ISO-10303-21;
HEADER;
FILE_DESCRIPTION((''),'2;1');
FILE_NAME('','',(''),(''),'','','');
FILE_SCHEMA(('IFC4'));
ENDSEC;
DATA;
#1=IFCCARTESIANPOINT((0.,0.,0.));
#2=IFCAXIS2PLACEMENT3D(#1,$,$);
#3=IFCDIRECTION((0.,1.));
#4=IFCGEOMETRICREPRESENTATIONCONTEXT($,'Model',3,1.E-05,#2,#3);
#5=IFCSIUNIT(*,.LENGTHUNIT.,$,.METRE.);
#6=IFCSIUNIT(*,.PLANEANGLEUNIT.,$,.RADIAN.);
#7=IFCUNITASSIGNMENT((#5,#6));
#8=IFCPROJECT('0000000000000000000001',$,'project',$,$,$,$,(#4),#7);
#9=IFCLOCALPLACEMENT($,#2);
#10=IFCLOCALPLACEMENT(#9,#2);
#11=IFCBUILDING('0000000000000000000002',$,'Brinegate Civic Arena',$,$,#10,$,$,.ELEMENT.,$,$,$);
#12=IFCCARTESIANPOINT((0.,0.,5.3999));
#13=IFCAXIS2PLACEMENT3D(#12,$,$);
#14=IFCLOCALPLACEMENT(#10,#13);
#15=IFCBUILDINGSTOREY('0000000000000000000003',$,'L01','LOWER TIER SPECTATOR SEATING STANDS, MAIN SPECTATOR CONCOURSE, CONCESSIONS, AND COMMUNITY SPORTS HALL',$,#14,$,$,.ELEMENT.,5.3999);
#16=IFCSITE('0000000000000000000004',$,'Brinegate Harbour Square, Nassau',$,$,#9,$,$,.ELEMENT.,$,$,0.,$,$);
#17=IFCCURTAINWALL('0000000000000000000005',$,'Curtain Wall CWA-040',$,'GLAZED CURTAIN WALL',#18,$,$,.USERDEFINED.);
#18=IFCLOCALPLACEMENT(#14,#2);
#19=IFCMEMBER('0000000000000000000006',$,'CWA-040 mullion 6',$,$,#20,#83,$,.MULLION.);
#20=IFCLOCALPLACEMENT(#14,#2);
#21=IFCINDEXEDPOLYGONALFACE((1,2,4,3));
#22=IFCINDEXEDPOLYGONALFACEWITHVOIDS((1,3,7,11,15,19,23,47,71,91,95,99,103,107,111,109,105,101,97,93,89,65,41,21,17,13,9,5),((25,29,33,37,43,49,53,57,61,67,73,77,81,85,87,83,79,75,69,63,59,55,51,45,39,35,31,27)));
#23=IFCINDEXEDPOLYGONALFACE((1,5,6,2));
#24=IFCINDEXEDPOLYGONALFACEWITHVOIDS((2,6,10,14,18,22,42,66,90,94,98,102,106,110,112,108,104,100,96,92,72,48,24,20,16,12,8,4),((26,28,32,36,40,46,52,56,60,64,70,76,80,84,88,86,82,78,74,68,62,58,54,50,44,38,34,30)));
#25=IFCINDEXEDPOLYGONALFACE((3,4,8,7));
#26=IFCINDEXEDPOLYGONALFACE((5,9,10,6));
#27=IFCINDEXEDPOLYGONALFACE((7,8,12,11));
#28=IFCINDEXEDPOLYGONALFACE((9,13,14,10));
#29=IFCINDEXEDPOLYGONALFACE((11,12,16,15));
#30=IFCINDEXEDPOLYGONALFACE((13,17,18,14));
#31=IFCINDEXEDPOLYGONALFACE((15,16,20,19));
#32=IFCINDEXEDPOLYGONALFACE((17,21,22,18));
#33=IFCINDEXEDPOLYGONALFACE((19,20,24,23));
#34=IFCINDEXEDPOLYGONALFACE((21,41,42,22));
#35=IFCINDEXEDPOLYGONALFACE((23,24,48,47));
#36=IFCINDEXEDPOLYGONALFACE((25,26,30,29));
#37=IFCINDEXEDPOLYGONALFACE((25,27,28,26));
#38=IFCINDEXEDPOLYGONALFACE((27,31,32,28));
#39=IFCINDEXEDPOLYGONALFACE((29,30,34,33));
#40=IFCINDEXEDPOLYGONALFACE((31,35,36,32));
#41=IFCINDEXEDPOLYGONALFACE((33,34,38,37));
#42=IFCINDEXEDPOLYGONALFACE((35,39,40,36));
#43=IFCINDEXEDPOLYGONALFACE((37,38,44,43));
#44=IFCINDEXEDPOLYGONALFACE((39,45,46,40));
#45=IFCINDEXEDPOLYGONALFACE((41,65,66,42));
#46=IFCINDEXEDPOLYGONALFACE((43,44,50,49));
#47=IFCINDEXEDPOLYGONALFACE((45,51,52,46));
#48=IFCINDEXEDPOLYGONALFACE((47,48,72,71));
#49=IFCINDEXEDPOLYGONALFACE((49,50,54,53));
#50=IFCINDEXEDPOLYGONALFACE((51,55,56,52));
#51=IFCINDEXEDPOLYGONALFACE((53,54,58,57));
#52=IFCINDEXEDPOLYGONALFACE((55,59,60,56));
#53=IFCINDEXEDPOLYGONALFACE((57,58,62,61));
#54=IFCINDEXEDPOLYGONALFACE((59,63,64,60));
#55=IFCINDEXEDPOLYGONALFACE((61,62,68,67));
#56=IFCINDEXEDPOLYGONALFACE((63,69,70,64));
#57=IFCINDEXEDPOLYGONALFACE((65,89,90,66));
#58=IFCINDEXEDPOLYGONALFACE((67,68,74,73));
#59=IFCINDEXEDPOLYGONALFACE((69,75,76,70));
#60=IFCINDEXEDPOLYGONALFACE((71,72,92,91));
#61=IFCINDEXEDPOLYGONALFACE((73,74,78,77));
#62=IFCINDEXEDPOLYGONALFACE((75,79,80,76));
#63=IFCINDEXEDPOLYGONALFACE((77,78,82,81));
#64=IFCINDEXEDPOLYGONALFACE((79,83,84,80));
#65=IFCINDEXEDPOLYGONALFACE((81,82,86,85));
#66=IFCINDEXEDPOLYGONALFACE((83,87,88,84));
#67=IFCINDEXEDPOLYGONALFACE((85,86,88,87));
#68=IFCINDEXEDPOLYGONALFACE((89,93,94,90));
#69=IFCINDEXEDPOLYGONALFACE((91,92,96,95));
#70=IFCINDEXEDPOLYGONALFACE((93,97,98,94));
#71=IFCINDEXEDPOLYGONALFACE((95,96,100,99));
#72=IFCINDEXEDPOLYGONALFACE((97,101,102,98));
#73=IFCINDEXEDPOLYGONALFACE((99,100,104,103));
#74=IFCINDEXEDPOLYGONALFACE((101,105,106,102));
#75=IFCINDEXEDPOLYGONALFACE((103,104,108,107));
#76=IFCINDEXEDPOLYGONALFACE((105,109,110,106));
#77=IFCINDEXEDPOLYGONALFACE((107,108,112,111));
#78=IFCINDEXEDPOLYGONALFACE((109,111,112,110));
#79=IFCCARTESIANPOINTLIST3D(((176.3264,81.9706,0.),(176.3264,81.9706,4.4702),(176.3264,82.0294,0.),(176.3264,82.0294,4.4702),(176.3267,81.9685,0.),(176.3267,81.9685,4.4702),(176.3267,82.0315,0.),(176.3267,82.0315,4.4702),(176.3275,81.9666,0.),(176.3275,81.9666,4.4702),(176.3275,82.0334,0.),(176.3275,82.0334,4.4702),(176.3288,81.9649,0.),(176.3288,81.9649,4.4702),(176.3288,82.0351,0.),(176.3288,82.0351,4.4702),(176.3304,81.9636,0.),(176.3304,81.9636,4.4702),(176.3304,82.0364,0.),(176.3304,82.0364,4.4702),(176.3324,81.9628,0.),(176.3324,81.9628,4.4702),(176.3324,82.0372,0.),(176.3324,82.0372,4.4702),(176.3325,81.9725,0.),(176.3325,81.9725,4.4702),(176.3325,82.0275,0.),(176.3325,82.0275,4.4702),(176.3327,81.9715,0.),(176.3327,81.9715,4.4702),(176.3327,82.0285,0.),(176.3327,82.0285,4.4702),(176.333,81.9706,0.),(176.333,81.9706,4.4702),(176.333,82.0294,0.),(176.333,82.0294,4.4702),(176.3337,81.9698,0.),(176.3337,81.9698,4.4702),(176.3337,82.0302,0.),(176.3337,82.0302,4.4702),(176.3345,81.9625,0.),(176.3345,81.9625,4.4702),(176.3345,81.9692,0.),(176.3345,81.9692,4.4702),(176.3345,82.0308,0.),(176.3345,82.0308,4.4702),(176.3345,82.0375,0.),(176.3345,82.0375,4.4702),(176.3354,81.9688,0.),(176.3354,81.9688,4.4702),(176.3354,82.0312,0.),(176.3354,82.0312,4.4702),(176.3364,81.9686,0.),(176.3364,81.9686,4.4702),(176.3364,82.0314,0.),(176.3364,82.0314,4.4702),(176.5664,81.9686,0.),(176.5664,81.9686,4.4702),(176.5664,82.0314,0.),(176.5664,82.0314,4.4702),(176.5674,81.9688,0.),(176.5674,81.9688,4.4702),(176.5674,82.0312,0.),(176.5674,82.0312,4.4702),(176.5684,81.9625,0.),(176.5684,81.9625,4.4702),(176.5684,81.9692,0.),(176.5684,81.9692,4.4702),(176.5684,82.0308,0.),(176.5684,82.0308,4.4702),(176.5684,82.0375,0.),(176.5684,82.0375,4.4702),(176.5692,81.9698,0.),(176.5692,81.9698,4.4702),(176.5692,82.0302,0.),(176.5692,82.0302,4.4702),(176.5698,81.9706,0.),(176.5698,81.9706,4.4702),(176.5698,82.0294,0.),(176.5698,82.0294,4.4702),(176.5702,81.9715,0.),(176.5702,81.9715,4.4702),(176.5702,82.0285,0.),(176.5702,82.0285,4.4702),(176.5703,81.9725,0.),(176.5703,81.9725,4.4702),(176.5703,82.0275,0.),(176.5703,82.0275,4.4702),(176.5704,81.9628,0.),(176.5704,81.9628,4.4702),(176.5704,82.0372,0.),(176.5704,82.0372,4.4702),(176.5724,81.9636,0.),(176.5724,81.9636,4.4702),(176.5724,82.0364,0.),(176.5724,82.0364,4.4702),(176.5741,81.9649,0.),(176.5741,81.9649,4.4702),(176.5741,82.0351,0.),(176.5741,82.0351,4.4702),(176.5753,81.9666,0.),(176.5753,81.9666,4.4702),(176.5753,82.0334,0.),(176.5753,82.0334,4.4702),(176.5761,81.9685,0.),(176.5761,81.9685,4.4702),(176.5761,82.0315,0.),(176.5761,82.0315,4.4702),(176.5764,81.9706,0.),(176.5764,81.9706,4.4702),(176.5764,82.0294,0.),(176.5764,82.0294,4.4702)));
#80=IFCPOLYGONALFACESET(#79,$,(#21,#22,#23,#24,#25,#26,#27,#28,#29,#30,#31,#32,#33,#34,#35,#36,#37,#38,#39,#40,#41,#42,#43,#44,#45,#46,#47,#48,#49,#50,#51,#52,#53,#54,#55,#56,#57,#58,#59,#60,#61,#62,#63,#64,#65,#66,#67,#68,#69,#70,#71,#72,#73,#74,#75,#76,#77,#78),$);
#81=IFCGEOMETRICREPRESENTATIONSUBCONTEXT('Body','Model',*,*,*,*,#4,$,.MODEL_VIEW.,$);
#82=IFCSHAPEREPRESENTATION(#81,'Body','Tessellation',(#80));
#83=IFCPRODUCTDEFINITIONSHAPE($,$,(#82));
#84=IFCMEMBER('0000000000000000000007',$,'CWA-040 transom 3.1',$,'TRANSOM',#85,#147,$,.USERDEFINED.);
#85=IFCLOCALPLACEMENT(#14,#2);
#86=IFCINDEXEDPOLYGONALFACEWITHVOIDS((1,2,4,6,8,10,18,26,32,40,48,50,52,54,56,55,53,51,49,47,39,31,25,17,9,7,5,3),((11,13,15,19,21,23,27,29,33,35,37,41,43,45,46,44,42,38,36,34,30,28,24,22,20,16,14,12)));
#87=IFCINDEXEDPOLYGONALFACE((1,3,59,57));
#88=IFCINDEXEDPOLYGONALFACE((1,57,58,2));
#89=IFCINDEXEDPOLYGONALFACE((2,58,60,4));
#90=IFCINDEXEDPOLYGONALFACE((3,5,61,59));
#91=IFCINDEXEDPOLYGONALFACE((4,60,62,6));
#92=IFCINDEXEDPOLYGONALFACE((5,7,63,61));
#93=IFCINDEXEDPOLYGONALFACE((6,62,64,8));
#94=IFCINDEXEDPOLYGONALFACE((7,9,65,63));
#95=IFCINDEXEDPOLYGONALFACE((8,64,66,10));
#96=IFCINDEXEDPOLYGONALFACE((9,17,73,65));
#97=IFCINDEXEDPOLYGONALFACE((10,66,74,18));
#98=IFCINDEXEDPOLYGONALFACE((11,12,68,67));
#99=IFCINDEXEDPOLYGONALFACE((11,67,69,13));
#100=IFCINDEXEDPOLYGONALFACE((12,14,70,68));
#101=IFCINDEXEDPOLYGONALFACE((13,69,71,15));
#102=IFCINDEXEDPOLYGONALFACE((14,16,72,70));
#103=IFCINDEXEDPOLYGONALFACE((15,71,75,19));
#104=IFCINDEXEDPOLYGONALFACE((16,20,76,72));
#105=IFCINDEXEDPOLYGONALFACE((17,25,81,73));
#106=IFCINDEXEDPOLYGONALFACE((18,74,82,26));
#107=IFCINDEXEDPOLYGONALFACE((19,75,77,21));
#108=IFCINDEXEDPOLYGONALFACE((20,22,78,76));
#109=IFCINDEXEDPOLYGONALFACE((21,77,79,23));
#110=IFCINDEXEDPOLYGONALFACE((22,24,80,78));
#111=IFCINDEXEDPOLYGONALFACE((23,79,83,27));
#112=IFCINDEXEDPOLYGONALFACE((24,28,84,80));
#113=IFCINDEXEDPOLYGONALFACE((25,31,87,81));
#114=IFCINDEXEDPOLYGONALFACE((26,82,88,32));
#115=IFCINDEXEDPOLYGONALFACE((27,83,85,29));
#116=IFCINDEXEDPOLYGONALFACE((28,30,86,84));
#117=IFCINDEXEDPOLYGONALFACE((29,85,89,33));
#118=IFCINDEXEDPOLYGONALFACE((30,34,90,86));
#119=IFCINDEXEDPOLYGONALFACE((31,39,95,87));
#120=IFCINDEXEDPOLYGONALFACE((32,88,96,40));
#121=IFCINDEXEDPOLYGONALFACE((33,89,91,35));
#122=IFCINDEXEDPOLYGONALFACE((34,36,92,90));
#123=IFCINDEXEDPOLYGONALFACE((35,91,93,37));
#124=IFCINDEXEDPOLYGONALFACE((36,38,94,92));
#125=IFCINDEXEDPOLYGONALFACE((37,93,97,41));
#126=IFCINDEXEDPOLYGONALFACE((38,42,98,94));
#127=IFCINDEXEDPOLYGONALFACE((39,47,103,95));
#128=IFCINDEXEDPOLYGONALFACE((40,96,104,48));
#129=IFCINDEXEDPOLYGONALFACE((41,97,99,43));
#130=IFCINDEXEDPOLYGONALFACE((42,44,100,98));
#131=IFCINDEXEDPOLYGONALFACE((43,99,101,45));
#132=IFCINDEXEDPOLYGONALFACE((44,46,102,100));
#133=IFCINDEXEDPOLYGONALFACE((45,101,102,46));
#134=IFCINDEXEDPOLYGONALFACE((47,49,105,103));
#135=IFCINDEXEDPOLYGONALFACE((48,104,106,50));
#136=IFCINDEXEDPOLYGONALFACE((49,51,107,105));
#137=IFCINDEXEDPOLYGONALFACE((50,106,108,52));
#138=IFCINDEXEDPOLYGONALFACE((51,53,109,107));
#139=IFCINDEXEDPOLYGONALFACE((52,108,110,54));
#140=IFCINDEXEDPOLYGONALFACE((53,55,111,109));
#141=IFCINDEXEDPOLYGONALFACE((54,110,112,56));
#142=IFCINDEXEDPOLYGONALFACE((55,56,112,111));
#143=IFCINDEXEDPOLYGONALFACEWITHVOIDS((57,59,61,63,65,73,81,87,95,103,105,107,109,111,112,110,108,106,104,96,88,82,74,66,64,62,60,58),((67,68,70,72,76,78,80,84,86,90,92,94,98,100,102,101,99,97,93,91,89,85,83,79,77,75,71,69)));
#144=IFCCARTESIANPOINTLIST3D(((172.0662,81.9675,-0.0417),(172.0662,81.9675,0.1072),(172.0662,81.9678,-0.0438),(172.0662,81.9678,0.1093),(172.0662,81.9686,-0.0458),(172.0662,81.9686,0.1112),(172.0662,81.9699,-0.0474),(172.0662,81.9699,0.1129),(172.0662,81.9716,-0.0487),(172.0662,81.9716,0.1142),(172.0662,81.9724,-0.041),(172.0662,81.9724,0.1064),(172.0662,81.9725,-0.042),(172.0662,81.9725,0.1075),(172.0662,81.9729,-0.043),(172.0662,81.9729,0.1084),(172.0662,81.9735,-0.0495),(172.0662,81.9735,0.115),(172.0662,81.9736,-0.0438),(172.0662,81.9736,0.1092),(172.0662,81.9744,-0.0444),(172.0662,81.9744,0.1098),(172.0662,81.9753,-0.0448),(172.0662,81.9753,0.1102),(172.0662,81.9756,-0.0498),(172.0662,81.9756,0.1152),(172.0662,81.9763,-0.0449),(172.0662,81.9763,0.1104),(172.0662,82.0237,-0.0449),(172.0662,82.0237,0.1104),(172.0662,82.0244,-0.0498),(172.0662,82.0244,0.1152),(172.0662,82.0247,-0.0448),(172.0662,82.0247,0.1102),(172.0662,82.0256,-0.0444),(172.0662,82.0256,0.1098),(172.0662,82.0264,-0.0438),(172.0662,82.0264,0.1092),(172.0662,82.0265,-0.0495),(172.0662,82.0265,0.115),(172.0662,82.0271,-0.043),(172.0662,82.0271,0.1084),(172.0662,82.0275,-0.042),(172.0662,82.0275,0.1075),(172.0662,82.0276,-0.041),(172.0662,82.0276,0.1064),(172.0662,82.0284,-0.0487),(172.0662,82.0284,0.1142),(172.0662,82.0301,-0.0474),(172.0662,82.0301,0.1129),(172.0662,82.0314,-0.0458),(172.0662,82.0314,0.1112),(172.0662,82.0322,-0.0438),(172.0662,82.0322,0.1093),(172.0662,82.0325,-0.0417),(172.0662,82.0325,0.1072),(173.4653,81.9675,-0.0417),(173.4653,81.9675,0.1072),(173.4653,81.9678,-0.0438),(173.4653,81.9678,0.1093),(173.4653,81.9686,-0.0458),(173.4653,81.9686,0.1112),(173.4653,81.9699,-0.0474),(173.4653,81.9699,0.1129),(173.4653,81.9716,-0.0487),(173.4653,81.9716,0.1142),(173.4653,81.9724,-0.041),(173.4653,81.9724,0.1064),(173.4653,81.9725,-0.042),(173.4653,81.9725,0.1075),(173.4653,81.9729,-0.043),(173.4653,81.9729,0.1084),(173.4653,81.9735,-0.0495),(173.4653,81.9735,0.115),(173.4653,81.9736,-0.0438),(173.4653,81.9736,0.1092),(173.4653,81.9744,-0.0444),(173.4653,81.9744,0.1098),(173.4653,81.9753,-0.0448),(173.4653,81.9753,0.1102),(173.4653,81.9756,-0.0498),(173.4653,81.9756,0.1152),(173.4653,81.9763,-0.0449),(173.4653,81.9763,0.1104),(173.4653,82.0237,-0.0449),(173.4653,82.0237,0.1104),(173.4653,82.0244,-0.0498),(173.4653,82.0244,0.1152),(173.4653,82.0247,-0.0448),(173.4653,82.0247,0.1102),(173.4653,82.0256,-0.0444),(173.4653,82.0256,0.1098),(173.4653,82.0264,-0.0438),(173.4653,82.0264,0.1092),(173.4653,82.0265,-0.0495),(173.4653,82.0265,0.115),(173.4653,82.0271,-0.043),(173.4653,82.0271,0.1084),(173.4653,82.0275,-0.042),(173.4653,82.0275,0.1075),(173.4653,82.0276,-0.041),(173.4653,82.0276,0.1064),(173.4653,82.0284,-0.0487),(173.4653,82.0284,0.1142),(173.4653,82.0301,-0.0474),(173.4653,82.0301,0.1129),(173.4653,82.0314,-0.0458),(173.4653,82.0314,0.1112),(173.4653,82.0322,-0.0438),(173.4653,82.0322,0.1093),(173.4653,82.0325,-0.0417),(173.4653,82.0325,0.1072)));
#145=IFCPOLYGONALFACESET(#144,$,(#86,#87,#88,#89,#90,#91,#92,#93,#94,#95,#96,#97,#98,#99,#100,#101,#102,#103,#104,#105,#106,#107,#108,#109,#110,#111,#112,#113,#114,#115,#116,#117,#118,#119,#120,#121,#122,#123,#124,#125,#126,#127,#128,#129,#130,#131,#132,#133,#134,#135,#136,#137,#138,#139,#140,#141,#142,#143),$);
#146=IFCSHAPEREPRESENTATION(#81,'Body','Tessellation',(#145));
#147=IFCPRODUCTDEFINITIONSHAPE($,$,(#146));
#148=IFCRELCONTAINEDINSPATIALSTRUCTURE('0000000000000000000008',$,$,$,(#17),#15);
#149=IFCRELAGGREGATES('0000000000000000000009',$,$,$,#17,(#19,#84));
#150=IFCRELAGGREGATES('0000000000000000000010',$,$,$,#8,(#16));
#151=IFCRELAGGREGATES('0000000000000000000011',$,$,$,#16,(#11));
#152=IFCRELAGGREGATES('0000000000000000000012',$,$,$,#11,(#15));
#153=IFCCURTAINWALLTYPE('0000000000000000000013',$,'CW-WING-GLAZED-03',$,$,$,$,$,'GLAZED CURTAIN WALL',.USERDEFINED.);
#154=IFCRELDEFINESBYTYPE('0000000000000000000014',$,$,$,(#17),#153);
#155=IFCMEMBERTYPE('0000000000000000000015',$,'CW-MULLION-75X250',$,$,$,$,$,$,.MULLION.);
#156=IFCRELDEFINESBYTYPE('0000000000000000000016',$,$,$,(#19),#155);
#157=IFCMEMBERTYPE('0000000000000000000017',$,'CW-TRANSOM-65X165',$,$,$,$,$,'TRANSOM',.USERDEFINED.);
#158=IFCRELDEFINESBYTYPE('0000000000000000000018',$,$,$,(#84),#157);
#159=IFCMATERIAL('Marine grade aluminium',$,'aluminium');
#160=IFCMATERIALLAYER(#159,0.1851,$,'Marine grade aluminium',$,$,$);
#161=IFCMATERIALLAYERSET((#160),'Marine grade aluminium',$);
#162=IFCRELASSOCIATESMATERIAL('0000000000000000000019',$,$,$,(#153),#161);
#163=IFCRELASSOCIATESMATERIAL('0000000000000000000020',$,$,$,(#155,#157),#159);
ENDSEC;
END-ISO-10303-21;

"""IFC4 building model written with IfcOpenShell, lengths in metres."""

from ifc_helpers import new_model, si_unit, direction, frame, origin, origin_2d, place, context, subcontext, project, spatial, hollow_rectangle, extrude, material, layer, layer_set, material_profile, profile_set, type_object, element, aggregate, save


model = new_model("IFC4")

# Units and contexts
model_context = context("Model", 3, precision=1e-05, world=origin(), true_north=direction((0.0, 1.0)))
body_context = subcontext(model_context, "Body", "Model", "MODEL_VIEW")
ifc_project = project(units=[si_unit("LENGTHUNIT", "METRE"), si_unit("PLANEANGLEUNIT", "RADIAN")], contexts=[model_context])

# Site, building, storey
site_placement = place(None, origin())
site = spatial("IfcSite", under=ifc_project, at=site_placement, Name="Brinegate Harbour Square, Nassau", CompositionType="ELEMENT", RefElevation=0.0)
building_placement = place(site_placement, origin())
building = spatial("IfcBuilding", under=site, at=building_placement, Name="Brinegate Civic Arena", CompositionType="ELEMENT")
storey_placement = place(building_placement, frame((0.0, 0.0, 5.3999)))
storey = spatial("IfcBuildingStorey", under=building, at=storey_placement, Name="L01", Description="LOWER TIER SPECTATOR SEATING STANDS, MAIN SPECTATOR CONCOURSE, CONCESSIONS, AND COMMUNITY SPORTS HALL", CompositionType="ELEMENT", Elevation=5.3999)

# Curtain wall, members
ifc_material_1 = material(Name="Marine grade aluminium", Category="aluminium")
ifc_layer_1 = layer(ifc_material_1, 0.1851, Name="Marine grade aluminium")
ifc_layer_set_1 = layer_set([ifc_layer_1], Name="Marine grade aluminium")
curtain_wall_type = type_object("IfcCurtainWallType", Name="CW-WING-GLAZED-03", ElementType="GLAZED CURTAIN WALL", PredefinedType="USERDEFINED", material=ifc_layer_set_1)
curtain_wall_placement = place(storey_placement, origin())
curtain_wall = element("IfcCurtainWall", 1, at=curtain_wall_placement, inside=storey, type_object=curtain_wall_type, Name="Curtain Wall CWA-040", ObjectType="GLAZED CURTAIN WALL", PredefinedType="USERDEFINED")
ifc_material_profile_1 = material_profile(ifc_material_1, hollow_rectangle(XDim=0.075, YDim=0.25, WallThickness=0.0061, InnerFilletRadius=0.0039, OuterFilletRadius=0.0081, at=origin_2d()), Name="MUL75X250")
ifc_profile_set_1 = profile_set([ifc_material_profile_1], Name="Marine grade aluminium")
member_type_1 = type_object("IfcMemberType", Name="CW-MULLION-75X250", PredefinedType="MULLION", material=ifc_profile_set_1)
member_1_placement = place(storey_placement, frame((176.4514, 82.0, 0.0), z_axis=(0.0, 0.0, 1.0), x_axis=(0.0, 1.0, 0.0)))
member_1 = element("IfcMember", 2, at=member_1_placement, type_object=member_type_1, Name="CWA-040 mullion 6", PredefinedType="MULLION", context=body_context, shape_type="SweptSolid", body=[
    extrude(hollow_rectangle(XDim=0.075, YDim=0.25, WallThickness=0.0061, InnerFilletRadius=0.0039, OuterFilletRadius=0.0081, at=origin_2d()), origin(), (0.0, 0.0, 1.0), 4.4702),
])
ifc_material_profile_2 = material_profile(ifc_material_1, hollow_rectangle(XDim=0.0649, YDim=0.165, WallThickness=0.0049, InnerFilletRadius=0.0039, OuterFilletRadius=0.0081, at=origin_2d()), Name="TRN65X165")
ifc_profile_set_2 = profile_set([ifc_material_profile_2], Name="Marine grade aluminium")
member_type_2 = type_object("IfcMemberType", Name="CW-TRANSOM-65X165", ElementType="TRANSOM", PredefinedType="USERDEFINED", material=ifc_profile_set_2)
member_2_placement = place(storey_placement, frame((172.0662, 82.0, 0.0327), z_axis=(1.0, 0.0, 0.0), x_axis=(0.0, 1.0, 0.0)))
member_2 = element("IfcMember", 3, at=member_2_placement, type_object=member_type_2, Name="CWA-040 transom 3.1", ObjectType="TRANSOM", PredefinedType="USERDEFINED", context=body_context, shape_type="SweptSolid", body=[
    extrude(hollow_rectangle(XDim=0.0649, YDim=0.165, WallThickness=0.0049, InnerFilletRadius=0.0039, OuterFilletRadius=0.0081, at=origin_2d()), origin(), (0.0, 0.0, 1.0), 1.3992),
])
aggregate(curtain_wall, [member_1, member_2])

save(model, "model.ifc")
